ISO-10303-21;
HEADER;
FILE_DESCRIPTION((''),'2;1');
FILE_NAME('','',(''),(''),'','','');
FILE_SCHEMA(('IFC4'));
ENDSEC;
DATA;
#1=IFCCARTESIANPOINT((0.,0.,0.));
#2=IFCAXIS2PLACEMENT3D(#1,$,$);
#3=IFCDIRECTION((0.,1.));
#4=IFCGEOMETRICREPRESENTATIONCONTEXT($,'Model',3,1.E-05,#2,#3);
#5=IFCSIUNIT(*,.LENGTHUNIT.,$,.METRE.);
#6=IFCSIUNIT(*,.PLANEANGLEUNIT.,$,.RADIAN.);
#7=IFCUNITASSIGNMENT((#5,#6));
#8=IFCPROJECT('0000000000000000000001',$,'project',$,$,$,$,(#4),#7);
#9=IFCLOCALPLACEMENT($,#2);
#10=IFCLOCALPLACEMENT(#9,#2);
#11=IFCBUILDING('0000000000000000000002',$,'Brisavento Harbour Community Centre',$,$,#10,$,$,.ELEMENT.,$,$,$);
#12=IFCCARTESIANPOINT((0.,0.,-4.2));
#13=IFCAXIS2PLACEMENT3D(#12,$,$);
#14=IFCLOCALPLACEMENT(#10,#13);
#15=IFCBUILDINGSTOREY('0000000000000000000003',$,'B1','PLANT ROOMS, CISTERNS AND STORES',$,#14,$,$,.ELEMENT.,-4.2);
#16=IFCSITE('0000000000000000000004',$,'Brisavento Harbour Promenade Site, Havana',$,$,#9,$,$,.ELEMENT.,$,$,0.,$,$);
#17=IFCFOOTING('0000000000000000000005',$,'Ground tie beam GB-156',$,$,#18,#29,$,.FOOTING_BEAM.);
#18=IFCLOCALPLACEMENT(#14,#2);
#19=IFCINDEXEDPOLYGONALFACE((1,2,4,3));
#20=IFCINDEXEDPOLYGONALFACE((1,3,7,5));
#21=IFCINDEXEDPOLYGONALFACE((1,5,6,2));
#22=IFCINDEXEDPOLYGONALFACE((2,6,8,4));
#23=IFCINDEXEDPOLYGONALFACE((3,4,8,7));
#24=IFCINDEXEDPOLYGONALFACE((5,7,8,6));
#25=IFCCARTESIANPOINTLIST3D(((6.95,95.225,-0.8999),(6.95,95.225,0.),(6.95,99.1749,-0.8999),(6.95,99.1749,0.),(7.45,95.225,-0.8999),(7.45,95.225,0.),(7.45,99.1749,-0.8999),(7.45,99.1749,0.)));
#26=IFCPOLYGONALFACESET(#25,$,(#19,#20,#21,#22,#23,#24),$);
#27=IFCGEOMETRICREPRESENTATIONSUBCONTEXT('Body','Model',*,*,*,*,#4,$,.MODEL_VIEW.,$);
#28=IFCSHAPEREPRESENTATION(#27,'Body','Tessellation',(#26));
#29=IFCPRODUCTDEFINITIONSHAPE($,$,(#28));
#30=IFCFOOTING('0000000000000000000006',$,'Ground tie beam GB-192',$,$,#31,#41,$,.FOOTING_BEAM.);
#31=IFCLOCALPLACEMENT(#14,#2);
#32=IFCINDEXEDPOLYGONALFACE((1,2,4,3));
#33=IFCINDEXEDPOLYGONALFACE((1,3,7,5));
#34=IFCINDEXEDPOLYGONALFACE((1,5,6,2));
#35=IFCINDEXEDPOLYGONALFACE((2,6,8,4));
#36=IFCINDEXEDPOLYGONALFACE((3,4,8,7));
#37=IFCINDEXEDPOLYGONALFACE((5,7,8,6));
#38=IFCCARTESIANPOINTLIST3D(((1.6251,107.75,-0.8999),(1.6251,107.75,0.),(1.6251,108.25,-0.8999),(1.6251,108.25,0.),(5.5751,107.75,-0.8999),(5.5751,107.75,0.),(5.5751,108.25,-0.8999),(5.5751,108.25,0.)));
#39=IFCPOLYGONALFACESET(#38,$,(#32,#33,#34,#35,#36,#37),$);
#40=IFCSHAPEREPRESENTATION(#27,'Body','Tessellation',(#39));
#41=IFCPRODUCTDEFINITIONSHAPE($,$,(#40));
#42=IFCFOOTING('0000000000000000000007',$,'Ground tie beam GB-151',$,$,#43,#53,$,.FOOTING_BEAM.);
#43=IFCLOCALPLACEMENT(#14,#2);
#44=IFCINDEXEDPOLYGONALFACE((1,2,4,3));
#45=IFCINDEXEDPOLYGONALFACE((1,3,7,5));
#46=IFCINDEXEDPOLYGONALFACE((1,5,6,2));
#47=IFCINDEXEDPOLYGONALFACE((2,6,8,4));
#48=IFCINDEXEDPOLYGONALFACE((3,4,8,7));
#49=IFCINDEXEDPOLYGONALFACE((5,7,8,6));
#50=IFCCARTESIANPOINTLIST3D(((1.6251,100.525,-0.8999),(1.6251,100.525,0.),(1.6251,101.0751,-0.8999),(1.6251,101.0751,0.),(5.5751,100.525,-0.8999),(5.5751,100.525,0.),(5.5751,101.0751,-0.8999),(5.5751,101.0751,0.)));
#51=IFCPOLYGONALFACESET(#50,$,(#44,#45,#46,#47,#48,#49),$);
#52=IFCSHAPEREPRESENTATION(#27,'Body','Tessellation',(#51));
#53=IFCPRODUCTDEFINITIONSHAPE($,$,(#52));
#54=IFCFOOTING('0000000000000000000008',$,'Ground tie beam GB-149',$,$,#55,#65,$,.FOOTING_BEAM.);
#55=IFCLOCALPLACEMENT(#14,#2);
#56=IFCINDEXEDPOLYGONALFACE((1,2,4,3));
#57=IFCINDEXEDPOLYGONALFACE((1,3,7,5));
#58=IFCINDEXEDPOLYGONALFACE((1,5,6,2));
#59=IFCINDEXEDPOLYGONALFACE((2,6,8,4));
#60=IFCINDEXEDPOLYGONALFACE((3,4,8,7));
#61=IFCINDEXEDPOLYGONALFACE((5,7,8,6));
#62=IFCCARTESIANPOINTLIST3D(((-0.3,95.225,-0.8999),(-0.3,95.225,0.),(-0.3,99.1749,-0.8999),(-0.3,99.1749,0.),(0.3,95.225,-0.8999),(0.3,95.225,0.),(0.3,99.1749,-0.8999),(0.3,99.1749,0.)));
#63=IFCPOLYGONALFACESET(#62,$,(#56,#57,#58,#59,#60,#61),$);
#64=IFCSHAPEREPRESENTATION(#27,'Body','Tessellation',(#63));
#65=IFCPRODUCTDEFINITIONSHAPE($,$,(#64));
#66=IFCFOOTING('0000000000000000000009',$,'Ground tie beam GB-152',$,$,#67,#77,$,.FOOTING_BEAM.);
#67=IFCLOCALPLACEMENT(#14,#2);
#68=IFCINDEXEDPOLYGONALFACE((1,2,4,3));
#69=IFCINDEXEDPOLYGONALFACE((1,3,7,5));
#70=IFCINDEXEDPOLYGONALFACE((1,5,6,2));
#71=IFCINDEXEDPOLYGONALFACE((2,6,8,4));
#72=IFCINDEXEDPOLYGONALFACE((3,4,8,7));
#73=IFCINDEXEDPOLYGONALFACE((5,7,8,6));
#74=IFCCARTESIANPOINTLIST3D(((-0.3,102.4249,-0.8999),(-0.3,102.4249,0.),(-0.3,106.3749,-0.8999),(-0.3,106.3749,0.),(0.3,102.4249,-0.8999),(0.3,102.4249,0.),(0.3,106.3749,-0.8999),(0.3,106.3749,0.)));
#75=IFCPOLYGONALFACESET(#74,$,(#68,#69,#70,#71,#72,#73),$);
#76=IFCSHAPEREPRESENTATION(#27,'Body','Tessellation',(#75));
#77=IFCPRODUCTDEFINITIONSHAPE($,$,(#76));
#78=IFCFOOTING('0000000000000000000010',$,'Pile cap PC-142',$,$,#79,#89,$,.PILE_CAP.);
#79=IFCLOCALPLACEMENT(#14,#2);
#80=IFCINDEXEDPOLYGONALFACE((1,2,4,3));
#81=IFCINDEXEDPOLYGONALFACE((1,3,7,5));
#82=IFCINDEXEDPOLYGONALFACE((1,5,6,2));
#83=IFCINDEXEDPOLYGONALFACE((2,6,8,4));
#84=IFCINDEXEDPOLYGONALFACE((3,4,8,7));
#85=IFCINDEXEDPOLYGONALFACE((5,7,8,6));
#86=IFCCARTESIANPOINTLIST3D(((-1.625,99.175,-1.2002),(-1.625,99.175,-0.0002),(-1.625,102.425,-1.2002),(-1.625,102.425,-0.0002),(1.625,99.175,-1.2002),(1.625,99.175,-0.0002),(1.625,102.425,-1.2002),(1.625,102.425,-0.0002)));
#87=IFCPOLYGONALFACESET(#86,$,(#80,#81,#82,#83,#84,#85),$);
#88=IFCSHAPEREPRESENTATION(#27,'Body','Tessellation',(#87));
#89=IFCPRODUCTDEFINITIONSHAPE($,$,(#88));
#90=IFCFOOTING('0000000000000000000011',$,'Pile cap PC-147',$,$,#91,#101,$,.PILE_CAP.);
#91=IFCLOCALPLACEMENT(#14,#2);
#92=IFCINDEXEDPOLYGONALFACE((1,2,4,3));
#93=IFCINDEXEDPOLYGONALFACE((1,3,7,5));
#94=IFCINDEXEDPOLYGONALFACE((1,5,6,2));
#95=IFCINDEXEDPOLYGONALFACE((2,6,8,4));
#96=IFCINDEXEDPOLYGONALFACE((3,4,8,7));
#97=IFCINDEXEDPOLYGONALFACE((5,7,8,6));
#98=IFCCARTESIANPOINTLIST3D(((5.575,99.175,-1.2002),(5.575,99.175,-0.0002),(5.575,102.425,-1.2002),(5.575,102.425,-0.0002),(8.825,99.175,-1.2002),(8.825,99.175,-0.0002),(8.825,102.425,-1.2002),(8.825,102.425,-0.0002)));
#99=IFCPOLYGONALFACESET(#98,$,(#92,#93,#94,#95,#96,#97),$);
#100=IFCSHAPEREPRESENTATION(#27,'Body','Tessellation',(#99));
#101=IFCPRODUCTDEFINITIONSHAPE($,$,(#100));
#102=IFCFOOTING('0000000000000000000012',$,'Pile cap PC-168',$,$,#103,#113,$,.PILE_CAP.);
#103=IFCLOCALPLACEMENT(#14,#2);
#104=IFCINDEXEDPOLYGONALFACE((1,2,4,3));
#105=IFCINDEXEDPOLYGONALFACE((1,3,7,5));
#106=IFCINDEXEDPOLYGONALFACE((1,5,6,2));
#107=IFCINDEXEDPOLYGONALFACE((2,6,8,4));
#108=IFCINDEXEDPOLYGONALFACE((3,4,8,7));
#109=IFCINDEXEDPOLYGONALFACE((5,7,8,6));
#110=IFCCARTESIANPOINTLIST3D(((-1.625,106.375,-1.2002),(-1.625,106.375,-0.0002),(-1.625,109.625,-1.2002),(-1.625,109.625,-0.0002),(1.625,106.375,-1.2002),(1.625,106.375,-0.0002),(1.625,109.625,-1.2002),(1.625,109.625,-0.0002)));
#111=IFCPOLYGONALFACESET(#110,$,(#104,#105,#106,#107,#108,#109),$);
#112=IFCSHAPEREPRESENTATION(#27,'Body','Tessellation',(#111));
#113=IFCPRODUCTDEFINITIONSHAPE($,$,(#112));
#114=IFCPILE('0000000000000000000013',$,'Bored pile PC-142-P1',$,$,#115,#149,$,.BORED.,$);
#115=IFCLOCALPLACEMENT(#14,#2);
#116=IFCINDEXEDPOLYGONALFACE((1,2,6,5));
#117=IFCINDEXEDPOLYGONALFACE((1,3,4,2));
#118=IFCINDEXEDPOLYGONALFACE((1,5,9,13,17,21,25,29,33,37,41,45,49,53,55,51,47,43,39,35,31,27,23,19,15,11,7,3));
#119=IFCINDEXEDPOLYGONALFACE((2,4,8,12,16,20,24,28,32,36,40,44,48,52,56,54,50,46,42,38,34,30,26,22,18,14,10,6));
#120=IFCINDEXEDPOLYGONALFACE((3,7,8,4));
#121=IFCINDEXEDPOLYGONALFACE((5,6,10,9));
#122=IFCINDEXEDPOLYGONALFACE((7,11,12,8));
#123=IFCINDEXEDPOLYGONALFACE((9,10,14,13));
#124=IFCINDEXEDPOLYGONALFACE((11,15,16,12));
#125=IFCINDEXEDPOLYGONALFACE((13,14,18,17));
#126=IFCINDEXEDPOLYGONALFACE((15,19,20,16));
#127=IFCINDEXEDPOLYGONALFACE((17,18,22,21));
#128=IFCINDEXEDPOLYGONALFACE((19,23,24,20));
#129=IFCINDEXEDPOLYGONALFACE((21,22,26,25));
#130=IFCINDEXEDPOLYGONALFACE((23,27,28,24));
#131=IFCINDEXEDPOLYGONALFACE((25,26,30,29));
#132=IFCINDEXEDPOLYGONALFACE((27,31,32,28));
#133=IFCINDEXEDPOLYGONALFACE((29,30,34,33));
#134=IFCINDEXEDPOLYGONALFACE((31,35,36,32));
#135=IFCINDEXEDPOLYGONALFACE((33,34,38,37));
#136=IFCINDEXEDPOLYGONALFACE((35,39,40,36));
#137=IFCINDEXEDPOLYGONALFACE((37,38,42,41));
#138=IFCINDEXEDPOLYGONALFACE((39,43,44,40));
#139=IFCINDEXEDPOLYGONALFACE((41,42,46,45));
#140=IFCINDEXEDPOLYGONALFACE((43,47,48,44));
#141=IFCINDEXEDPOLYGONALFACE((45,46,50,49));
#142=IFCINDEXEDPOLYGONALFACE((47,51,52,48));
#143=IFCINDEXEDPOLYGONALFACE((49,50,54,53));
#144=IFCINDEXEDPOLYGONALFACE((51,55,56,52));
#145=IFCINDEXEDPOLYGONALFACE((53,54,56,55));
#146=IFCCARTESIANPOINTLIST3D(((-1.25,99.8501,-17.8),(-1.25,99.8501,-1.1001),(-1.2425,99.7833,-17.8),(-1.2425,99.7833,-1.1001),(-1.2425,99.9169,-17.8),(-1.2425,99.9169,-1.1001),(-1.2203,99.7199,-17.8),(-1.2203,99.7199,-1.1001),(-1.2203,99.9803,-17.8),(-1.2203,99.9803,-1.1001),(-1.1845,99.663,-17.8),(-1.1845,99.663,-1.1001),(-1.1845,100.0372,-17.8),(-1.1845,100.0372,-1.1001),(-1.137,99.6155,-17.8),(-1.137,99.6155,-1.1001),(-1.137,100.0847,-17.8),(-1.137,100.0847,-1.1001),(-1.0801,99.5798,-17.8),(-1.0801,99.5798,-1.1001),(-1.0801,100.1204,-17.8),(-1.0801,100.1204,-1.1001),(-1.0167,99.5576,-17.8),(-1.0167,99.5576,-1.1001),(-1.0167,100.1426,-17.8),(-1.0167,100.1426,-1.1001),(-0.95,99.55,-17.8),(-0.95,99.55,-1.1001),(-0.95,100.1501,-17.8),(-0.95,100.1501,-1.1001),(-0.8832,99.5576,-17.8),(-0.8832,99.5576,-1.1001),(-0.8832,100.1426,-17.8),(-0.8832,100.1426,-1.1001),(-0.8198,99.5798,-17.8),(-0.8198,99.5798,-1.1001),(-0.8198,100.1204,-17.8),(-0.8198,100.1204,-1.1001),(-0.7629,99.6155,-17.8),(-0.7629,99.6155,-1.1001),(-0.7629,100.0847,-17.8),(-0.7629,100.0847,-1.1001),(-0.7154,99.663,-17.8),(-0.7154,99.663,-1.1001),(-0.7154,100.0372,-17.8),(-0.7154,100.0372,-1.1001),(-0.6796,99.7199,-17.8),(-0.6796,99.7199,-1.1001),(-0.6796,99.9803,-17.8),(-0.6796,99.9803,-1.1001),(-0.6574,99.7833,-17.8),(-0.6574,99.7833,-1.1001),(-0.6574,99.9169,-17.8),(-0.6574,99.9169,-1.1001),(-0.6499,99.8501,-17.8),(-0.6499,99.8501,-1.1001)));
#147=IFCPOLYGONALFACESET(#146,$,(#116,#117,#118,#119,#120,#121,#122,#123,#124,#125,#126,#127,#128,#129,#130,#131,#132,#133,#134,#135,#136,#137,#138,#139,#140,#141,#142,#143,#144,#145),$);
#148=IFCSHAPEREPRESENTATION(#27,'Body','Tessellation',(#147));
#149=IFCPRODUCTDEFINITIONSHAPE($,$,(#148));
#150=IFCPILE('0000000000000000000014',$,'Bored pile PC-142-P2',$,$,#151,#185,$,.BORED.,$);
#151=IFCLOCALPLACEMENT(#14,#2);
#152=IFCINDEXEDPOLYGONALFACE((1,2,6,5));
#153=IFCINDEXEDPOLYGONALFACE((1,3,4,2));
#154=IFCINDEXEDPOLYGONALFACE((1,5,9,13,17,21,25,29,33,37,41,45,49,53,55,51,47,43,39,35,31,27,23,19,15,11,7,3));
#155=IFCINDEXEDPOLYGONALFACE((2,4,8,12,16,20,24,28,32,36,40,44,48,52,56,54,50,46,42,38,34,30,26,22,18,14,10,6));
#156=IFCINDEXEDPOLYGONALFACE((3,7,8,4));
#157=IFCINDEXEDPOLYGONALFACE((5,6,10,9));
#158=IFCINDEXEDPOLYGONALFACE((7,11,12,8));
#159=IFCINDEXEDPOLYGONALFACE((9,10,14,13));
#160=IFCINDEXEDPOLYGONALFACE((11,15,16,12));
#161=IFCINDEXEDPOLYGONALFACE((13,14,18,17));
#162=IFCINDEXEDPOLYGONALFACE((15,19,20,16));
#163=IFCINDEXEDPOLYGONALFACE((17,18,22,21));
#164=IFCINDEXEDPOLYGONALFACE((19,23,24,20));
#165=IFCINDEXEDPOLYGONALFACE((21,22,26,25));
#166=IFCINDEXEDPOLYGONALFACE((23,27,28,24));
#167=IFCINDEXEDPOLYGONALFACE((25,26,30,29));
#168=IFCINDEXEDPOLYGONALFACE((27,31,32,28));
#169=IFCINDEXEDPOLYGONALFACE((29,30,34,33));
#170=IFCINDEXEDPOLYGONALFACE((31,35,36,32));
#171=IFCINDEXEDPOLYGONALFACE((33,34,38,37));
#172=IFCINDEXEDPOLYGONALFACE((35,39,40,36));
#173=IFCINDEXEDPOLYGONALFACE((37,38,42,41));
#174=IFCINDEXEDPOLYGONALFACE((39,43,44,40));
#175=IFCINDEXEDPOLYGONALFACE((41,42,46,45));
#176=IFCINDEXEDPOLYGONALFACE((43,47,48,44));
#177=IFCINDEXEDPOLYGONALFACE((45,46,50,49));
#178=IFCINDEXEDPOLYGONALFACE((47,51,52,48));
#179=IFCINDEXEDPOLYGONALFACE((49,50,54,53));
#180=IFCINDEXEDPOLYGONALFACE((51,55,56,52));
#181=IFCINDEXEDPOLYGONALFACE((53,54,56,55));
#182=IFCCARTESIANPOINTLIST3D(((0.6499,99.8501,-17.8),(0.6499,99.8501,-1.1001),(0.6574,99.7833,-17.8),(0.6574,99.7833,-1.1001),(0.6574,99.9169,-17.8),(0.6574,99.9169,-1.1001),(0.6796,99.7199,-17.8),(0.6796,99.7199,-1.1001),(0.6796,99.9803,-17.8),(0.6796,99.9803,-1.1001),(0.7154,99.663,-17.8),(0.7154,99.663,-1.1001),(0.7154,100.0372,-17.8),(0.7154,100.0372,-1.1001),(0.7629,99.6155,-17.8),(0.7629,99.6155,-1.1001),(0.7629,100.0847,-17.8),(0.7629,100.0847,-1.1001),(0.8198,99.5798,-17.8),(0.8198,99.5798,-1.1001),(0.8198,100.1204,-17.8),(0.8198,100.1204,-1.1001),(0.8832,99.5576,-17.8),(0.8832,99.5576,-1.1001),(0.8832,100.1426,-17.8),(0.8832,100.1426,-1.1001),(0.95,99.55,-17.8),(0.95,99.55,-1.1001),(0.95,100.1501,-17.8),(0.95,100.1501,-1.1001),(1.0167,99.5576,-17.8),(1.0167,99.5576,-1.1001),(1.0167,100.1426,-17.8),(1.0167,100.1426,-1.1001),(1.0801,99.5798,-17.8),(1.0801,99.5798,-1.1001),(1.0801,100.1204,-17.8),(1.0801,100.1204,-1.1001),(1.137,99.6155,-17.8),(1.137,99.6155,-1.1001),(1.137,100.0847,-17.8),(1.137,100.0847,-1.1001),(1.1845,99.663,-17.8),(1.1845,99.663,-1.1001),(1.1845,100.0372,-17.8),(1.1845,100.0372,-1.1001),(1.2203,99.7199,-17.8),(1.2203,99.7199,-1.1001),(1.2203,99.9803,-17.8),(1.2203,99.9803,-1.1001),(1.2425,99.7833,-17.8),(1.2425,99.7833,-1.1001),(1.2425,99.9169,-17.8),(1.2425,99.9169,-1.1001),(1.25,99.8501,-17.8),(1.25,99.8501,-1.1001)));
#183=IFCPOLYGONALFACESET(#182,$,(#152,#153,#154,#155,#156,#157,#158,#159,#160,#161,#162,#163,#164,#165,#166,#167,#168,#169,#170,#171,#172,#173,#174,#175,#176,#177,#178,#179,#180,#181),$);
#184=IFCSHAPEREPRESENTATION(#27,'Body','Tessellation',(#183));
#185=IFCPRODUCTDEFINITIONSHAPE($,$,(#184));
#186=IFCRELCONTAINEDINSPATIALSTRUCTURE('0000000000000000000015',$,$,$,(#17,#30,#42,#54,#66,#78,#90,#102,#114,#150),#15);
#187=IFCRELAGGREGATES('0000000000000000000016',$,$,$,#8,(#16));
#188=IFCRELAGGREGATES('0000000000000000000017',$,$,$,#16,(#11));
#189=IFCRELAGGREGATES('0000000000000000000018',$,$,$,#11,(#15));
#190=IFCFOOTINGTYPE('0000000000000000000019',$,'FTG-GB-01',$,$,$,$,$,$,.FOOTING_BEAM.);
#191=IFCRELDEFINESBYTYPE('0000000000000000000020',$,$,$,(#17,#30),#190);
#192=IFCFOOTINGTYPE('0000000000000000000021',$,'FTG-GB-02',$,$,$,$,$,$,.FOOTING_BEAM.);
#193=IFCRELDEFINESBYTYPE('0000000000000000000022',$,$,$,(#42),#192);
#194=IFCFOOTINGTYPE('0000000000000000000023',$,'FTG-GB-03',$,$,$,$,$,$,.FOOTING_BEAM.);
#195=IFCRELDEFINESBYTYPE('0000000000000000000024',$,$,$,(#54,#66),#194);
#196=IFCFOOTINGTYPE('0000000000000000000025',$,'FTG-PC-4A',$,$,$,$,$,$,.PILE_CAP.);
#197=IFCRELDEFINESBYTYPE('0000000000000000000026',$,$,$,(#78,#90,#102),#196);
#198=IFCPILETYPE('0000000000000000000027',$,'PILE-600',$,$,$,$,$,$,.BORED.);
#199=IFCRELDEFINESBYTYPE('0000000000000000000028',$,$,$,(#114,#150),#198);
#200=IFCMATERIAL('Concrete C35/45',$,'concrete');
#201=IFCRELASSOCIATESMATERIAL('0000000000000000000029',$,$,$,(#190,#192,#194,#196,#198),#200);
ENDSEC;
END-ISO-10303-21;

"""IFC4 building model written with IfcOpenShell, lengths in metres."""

from ifc_helpers import new_model, si_unit, direction, frame, origin, origin_2d, place, context, subcontext, project, spatial, rectangle, circle, extrude, material, material_profile, profile_set, type_object, element, save


model = new_model("IFC4")

# Units and contexts
model_context = context("Model", 3, precision=1e-05, world=origin(), true_north=direction((0.0, 1.0)))
body_context = subcontext(model_context, "Body", "Model", "MODEL_VIEW")
ifc_project = project(units=[si_unit("LENGTHUNIT", "METRE"), si_unit("PLANEANGLEUNIT", "RADIAN")], contexts=[model_context])

# Site, building, storey
site_placement = place(None, origin())
site = spatial("IfcSite", under=ifc_project, at=site_placement, Name="Brisavento Harbour Promenade Site, Havana", CompositionType="ELEMENT", RefElevation=0.0)
building_placement = place(site_placement, origin())
building = spatial("IfcBuilding", under=site, at=building_placement, Name="Brisavento Harbour Community Centre", CompositionType="ELEMENT")
storey_placement = place(building_placement, frame((0.0, 0.0, -4.2)))
storey = spatial("IfcBuildingStorey", under=building, at=storey_placement, Name="B1", Description="PLANT ROOMS, CISTERNS AND STORES", CompositionType="ELEMENT", Elevation=-4.2)

# Footings
ifc_material = material(Name="Concrete C35/45", Category="concrete")
footing_type_1 = type_object("IfcFootingType", Name="FTG-GB-01", PredefinedType="FOOTING_BEAM", material=ifc_material)
footing_1_placement = place(storey_placement, frame((7.2, 97.2, -0.8999), z_axis=(0.0, 0.0, 1.0), x_axis=(1.0, 0.0, 0.0)))
element("IfcFooting", 1, at=footing_1_placement, inside=storey, type_object=footing_type_1, Name="Ground tie beam GB-156", PredefinedType="FOOTING_BEAM", context=body_context, shape_type="SweptSolid", body=[
    extrude(rectangle(XDim=0.5, YDim=3.95, at=origin_2d()), origin(), (0.0, 0.0, 1.0), 0.8999),
])
footing_2_placement = place(storey_placement, frame((3.6001, 108.0, -0.8999), z_axis=(0.0, 0.0, 1.0), x_axis=(1.0, 0.0, 0.0)))
element("IfcFooting", 2, at=footing_2_placement, inside=storey, type_object=footing_type_1, Name="Ground tie beam GB-192", PredefinedType="FOOTING_BEAM", context=body_context, shape_type="SweptSolid", body=[
    extrude(rectangle(XDim=3.95, YDim=0.5, at=origin_2d()), origin(), (0.0, 0.0, 1.0), 0.8999),
])
footing_type_2 = type_object("IfcFootingType", Name="FTG-GB-02", PredefinedType="FOOTING_BEAM", material=ifc_material)
footing_3_placement = place(storey_placement, frame((3.6001, 100.8, -0.8999), z_axis=(0.0, 0.0, 1.0), x_axis=(1.0, 0.0, 0.0)))
element("IfcFooting", 3, at=footing_3_placement, inside=storey, type_object=footing_type_2, Name="Ground tie beam GB-151", PredefinedType="FOOTING_BEAM", context=body_context, shape_type="SweptSolid", body=[
    extrude(rectangle(XDim=3.95, YDim=0.55, at=origin_2d()), origin(), (0.0, 0.0, 1.0), 0.8999),
])
footing_type_3 = type_object("IfcFootingType", Name="FTG-GB-03", PredefinedType="FOOTING_BEAM", material=ifc_material)
for number, where, z_axis, x_axis, name in (
    (4, (0.0, 97.2, -0.8999), (0.0, 0.0, 1.0), (1.0, 0.0, 0.0), "Ground tie beam GB-149"),
    (5, (0.0, 104.3999, -0.8999), (0.0, 0.0, 1.0), (1.0, 0.0, 0.0), "Ground tie beam GB-152"),
):
    element("IfcFooting", number, at=place(storey_placement, frame(where, z_axis=z_axis, x_axis=x_axis)), inside=storey, type_object=footing_type_3, Name=name, PredefinedType="FOOTING_BEAM", context=body_context, shape_type="SweptSolid", body=[
        extrude(rectangle(XDim=0.6001, YDim=3.95, at=origin_2d()), origin(), (0.0, 0.0, 1.0), 0.8999),
    ])
footing_type_4 = type_object("IfcFootingType", Name="FTG-PC-4A", PredefinedType="PILE_CAP", material=ifc_material)
for number, where, z_axis, x_axis, name in (
    (6, (0.0, 100.8, -1.2002), (0.0, 0.0, 1.0), (1.0, 0.0, 0.0), "Pile cap PC-142"),
    (7, (7.2, 100.8, -1.2002), (0.0, 0.0, 1.0), (1.0, 0.0, 0.0), "Pile cap PC-147"),
    (8, (0.0, 108.0, -1.2002), (0.0, 0.0, 1.0), (1.0, 0.0, 0.0), "Pile cap PC-168"),
):
    element("IfcFooting", number, at=place(storey_placement, frame(where, z_axis=z_axis, x_axis=x_axis)), inside=storey, type_object=footing_type_4, Name=name, PredefinedType="PILE_CAP", context=body_context, shape_type="SweptSolid", body=[
        extrude(rectangle(XDim=3.25, YDim=3.25, at=origin_2d()), origin(), (0.0, 0.0, 1.0), 1.2),
    ])

# Piles
ifc_material_profile_1 = material_profile(ifc_material, circle(Radius=0.3, at=origin_2d()), Name="Concrete C35/45")
ifc_profile_set_1 = profile_set([ifc_material_profile_1], Name="Concrete C35/45")
pile_type = type_object("IfcPileType", Name="PILE-600", PredefinedType="BORED", material=ifc_profile_set_1)
for number, where, z_axis, x_axis, name in (
    (9, (-0.95, 99.8501, -1.1001), (0.0, 0.0, -1.0), (1.0, 0.0, 0.0), "Bored pile PC-142-P1"),
    (10, (0.95, 99.8501, -1.1001), (0.0, 0.0, -1.0), (1.0, 0.0, 0.0), "Bored pile PC-142-P2"),
):
    element("IfcPile", number, at=place(storey_placement, frame(where, z_axis=z_axis, x_axis=x_axis)), inside=storey, type_object=pile_type, Name=name, PredefinedType="BORED", context=body_context, shape_type="SweptSolid", body=[
        extrude(circle(Radius=0.3, at=origin_2d()), origin(), (0.0, 0.0, 1.0), 16.7),
    ])

save(model, "model.ifc")
